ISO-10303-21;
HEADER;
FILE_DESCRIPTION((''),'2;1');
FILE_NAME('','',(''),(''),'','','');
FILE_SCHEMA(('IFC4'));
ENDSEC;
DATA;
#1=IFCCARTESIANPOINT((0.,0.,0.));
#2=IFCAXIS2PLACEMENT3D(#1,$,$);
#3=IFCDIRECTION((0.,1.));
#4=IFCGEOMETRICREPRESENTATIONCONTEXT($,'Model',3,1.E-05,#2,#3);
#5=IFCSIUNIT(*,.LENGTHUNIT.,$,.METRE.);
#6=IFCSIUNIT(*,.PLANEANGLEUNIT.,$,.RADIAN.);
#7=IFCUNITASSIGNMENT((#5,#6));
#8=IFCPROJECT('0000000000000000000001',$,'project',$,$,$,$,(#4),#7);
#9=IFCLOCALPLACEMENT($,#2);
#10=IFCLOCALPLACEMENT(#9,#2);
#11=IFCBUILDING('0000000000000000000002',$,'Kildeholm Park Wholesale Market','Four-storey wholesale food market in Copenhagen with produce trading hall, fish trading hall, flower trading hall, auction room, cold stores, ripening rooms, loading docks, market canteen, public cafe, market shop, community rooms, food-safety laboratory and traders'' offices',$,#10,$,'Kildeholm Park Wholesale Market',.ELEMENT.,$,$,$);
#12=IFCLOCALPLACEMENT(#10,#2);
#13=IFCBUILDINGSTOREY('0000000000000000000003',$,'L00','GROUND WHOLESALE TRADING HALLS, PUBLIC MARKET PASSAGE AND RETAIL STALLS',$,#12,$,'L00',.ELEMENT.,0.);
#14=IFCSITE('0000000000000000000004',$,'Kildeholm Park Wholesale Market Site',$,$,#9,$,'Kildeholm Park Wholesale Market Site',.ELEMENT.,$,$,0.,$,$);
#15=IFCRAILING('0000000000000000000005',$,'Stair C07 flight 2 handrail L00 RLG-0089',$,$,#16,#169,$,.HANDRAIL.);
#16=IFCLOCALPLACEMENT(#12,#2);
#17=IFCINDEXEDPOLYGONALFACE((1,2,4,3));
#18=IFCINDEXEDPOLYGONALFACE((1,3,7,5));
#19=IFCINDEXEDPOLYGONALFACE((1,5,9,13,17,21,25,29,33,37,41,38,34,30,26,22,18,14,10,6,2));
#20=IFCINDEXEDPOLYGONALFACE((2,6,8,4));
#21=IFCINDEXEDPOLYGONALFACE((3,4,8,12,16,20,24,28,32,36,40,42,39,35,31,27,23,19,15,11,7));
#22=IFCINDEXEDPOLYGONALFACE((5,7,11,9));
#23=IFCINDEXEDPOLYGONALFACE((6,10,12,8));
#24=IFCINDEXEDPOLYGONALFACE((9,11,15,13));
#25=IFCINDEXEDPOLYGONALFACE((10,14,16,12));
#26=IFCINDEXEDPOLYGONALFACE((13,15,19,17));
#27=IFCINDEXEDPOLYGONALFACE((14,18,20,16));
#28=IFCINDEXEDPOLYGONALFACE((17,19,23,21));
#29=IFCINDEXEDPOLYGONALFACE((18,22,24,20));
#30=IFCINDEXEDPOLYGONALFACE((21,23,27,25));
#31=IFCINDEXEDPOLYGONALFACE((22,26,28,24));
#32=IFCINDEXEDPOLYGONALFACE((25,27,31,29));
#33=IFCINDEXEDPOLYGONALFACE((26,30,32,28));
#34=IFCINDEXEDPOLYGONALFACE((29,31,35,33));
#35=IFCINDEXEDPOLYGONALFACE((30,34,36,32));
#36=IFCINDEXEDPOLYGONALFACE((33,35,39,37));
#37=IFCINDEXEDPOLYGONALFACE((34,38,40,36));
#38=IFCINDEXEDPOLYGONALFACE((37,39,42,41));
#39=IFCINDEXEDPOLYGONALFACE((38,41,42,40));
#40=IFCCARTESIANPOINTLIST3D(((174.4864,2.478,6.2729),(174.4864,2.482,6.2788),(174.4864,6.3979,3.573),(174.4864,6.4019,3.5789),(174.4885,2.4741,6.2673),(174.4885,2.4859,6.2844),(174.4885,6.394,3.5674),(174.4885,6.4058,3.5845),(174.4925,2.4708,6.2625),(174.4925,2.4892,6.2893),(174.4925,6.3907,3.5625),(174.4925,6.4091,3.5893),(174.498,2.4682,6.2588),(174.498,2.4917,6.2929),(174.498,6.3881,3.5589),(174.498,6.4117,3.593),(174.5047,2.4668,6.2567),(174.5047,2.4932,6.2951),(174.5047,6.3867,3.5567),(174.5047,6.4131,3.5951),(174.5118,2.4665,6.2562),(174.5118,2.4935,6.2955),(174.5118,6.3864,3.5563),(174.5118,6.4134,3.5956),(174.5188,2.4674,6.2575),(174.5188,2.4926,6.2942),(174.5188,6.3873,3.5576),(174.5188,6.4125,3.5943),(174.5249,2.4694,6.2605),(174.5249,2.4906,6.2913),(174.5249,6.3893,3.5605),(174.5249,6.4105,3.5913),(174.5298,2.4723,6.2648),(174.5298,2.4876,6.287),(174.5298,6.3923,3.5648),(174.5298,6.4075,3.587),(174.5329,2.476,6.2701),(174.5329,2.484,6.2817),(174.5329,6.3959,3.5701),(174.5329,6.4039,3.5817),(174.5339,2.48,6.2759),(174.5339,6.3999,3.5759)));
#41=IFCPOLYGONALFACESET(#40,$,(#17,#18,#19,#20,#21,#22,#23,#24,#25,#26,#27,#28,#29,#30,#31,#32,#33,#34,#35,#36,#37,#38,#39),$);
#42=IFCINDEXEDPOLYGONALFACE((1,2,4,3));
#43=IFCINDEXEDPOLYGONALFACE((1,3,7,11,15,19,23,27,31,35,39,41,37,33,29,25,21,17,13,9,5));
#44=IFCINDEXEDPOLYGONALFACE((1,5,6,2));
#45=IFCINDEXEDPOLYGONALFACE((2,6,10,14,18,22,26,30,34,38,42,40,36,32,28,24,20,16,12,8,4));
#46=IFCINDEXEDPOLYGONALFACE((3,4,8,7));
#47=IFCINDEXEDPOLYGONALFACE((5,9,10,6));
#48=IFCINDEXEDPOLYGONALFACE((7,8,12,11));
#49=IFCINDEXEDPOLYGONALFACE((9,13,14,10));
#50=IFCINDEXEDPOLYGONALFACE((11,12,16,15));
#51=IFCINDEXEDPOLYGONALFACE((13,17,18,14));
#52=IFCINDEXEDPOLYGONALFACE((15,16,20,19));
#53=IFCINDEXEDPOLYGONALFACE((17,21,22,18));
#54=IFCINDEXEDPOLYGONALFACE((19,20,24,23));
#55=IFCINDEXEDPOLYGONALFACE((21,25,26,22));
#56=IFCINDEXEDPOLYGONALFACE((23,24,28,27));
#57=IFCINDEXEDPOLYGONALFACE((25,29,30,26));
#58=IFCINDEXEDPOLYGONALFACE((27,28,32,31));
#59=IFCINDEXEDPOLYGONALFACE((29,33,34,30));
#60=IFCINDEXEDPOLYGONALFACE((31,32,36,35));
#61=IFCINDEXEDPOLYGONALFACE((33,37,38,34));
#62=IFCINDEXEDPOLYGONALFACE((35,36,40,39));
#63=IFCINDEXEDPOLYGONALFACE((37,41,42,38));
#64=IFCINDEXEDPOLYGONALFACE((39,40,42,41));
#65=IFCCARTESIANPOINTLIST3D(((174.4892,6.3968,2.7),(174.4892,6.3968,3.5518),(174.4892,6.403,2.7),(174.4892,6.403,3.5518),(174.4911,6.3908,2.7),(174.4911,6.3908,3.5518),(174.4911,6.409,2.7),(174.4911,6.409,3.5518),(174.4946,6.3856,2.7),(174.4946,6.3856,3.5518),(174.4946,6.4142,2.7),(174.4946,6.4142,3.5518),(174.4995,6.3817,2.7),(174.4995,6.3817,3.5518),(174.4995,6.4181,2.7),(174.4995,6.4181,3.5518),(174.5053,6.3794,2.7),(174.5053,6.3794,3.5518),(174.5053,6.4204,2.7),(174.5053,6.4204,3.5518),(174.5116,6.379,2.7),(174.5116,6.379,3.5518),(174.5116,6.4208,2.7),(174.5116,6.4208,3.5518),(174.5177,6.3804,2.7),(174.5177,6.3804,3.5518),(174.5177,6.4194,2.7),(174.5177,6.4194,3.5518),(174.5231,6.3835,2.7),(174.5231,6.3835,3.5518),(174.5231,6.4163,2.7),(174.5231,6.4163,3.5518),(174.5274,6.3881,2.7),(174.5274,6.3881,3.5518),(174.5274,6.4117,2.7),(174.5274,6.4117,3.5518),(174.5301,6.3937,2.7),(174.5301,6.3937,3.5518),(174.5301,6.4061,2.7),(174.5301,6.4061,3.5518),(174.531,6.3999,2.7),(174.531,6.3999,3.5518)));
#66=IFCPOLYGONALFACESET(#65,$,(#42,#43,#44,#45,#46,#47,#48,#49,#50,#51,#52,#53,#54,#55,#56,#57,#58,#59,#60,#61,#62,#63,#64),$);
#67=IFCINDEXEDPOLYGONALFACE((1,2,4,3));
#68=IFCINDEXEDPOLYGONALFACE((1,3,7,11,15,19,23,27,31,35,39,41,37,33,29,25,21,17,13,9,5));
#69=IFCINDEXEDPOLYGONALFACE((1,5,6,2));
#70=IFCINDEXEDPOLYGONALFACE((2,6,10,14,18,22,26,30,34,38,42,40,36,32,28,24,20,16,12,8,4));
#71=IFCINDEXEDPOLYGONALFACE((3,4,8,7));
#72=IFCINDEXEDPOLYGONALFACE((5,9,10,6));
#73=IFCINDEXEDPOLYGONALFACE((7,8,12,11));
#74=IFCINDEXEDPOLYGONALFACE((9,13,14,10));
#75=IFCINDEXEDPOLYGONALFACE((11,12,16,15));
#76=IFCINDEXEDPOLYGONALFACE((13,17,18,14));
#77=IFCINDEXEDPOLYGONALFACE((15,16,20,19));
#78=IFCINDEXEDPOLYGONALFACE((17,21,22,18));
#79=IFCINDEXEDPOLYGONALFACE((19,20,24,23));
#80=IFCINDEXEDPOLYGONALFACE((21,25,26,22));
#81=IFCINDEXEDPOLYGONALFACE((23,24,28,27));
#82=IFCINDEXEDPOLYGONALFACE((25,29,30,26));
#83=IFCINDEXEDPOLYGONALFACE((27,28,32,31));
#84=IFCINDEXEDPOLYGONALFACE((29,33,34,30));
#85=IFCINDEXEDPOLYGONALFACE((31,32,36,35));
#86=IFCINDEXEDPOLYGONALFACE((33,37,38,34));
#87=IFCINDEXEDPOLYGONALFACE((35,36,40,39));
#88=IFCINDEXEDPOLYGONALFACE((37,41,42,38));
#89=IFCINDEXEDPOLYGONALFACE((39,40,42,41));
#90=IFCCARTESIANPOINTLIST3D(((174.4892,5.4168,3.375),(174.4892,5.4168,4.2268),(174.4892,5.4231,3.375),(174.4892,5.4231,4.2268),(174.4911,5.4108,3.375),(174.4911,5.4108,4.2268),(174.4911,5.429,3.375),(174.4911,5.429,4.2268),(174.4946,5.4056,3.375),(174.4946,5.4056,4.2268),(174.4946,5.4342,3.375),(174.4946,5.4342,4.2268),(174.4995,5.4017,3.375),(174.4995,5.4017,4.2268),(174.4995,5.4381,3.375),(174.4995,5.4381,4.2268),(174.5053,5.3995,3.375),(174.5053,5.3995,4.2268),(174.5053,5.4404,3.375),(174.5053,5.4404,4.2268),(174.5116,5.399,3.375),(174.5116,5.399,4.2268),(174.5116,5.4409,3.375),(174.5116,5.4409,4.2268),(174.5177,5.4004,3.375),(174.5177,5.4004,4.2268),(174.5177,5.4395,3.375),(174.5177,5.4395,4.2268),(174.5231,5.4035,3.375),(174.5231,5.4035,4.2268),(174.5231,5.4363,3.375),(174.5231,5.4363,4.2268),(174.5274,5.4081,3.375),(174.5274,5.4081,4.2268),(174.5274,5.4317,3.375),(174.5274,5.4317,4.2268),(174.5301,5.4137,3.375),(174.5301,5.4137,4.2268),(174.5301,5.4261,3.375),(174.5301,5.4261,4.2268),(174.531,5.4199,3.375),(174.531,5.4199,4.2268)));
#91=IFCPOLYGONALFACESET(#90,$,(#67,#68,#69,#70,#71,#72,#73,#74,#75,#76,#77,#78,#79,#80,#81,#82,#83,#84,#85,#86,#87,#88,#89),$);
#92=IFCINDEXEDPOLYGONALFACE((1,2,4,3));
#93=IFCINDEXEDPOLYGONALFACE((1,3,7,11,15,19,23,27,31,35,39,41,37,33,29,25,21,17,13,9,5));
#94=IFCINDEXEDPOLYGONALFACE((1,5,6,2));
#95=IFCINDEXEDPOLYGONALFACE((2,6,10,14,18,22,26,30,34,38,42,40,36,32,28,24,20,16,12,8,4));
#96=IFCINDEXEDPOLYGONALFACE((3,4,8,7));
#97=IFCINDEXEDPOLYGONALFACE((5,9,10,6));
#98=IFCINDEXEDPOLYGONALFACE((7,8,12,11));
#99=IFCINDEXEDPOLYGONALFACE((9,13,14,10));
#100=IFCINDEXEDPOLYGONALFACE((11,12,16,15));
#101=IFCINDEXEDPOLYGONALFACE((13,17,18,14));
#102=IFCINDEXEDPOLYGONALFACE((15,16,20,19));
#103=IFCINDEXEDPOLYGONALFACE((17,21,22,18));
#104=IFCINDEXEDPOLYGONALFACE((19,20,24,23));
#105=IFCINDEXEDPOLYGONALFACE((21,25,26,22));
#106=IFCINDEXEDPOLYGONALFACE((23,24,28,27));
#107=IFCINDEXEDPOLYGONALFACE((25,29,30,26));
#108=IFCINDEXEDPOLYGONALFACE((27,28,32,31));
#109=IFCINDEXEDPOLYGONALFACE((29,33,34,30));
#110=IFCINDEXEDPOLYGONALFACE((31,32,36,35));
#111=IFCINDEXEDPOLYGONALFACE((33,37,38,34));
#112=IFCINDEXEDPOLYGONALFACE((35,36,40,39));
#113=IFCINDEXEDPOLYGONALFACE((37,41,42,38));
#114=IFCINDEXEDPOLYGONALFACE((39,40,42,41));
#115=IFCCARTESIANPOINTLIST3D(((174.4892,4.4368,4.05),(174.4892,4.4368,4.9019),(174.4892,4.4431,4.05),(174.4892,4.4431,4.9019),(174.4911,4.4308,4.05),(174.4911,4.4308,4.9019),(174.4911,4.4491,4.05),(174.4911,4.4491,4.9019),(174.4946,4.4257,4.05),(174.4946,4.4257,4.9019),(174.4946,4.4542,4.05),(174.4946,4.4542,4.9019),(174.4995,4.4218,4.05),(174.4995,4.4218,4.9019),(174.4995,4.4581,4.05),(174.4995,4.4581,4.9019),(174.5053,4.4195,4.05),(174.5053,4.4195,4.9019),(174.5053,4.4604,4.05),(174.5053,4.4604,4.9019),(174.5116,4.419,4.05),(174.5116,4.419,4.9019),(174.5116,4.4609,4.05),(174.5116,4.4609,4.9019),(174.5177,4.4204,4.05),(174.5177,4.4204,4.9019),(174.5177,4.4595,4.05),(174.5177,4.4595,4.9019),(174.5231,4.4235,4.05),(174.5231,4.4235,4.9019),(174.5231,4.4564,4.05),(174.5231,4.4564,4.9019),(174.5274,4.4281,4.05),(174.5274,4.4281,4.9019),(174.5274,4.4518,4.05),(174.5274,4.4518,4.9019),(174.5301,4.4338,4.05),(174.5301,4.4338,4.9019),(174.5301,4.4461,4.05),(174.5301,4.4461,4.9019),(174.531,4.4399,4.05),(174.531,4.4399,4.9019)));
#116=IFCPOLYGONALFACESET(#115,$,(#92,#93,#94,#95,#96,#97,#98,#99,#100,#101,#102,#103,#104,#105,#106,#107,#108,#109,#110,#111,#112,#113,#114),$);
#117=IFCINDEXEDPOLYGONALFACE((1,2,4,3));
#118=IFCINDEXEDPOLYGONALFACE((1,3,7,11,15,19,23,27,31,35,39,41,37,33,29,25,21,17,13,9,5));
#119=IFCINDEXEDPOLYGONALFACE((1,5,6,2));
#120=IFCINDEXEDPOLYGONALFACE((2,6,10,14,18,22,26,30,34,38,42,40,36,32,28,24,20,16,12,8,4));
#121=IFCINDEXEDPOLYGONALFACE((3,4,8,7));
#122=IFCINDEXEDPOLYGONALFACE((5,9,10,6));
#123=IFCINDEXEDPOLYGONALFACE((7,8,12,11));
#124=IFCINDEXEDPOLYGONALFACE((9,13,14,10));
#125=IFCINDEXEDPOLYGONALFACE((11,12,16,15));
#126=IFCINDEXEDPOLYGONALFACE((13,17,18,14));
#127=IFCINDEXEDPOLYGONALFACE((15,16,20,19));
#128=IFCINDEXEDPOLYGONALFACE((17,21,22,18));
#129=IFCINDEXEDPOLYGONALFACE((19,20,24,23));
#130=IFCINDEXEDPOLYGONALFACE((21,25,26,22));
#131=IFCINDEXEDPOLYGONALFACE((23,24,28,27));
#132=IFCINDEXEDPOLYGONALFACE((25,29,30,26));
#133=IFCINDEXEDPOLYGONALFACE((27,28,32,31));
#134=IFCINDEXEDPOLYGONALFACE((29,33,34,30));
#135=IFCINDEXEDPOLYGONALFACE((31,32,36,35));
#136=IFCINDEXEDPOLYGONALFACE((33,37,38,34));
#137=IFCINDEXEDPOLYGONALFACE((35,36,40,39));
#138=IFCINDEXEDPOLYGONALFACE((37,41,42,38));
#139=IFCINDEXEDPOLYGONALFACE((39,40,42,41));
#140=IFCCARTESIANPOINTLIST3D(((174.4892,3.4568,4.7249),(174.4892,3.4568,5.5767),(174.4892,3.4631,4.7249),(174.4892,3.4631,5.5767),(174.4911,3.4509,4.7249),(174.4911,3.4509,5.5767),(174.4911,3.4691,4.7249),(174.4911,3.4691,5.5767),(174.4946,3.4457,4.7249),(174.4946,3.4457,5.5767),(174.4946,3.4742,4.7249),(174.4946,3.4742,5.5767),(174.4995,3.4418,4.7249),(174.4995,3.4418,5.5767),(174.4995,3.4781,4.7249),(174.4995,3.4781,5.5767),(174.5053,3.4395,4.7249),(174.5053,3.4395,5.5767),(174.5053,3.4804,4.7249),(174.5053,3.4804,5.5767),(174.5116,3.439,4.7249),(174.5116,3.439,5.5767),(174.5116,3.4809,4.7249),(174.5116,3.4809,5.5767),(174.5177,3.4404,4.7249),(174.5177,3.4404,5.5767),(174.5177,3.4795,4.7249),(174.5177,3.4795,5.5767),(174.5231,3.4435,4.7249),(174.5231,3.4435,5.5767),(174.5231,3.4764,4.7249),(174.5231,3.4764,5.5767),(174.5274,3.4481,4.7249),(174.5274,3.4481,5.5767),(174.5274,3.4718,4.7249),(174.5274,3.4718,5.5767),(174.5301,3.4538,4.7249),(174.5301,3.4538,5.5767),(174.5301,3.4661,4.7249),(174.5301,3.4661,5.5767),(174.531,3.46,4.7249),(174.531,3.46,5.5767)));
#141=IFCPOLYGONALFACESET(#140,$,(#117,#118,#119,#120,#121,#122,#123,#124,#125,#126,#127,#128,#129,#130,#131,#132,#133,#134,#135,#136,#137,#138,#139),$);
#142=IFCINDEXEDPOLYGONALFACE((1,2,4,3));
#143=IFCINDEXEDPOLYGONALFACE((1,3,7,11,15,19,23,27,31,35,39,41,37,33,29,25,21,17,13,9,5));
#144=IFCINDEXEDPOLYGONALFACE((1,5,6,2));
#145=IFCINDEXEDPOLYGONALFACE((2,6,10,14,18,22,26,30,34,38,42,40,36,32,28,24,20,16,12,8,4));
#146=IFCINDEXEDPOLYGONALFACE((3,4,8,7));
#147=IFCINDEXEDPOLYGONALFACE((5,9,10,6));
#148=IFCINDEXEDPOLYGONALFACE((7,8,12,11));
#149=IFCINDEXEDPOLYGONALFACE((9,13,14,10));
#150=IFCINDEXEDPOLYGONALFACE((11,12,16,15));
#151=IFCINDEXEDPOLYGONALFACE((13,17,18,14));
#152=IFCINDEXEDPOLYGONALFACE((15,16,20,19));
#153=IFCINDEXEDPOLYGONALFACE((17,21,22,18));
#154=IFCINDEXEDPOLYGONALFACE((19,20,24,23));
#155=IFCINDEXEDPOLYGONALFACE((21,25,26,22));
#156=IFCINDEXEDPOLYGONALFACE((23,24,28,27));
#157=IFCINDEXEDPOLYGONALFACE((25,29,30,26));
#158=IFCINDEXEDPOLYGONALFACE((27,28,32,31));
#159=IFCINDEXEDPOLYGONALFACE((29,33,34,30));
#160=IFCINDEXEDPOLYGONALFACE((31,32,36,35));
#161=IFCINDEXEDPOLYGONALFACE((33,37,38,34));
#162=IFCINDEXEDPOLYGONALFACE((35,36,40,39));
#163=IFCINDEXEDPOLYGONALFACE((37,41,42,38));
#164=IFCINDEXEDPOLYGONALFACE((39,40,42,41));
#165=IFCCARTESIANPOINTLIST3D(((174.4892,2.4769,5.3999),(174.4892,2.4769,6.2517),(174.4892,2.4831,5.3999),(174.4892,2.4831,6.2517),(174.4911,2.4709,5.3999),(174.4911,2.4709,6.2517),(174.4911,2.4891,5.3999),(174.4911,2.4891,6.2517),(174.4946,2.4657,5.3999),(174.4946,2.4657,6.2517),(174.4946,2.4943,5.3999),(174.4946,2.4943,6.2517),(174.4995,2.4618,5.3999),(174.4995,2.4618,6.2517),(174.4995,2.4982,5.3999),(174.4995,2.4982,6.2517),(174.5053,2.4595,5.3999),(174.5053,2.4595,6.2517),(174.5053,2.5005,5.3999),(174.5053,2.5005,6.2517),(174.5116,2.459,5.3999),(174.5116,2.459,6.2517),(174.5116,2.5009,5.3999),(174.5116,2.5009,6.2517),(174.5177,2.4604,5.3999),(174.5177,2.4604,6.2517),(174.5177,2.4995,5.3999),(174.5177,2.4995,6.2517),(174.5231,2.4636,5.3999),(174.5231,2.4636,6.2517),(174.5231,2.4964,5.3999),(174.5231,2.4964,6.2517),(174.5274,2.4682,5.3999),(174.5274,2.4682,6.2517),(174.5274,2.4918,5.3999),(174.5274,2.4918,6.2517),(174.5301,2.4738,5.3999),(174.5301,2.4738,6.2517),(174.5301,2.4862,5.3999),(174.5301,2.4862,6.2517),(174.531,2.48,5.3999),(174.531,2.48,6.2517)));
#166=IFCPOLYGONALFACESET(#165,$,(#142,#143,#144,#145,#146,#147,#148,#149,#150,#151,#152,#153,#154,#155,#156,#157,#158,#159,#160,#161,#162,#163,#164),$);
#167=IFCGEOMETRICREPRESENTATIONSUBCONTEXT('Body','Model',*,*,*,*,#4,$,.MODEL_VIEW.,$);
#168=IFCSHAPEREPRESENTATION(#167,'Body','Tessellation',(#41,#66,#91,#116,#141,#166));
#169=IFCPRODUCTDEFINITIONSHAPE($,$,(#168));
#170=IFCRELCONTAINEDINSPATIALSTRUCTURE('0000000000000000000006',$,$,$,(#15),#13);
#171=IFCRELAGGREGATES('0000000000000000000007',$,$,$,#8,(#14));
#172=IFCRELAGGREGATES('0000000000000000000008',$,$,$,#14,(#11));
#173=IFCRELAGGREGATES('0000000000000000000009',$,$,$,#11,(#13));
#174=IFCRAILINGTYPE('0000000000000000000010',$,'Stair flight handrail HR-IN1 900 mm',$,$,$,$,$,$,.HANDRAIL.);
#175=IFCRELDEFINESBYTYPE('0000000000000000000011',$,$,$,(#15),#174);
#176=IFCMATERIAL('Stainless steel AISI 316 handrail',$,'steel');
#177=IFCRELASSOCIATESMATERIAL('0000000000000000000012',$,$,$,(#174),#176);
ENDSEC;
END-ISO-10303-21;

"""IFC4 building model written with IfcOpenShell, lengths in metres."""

from ifc_helpers import new_model, si_unit, direction, frame, origin, origin_2d, place, context, subcontext, project, spatial, circle, extrude, material, type_object, element, save


model = new_model("IFC4")

# Units and contexts
model_context = context("Model", 3, precision=1e-05, world=origin(), true_north=direction((0.0, 1.0)))
body_context = subcontext(model_context, "Body", "Model", "MODEL_VIEW")
ifc_project = project(units=[si_unit("LENGTHUNIT", "METRE"), si_unit("PLANEANGLEUNIT", "RADIAN")], contexts=[model_context])

# Site, building, storey
site_placement = place(None, origin())
site = spatial("IfcSite", under=ifc_project, at=site_placement, Name="Kildeholm Park Wholesale Market Site", LongName="Kildeholm Park Wholesale Market Site", CompositionType="ELEMENT", RefElevation=0.0)
building_placement = place(site_placement, origin())
building = spatial("IfcBuilding", under=site, at=building_placement, Name="Kildeholm Park Wholesale Market", Description="Four-storey wholesale food market in Copenhagen with produce trading hall, fish trading hall, flower trading hall, auction room, cold stores, ripening rooms, loading docks, market canteen, public cafe, market shop, community rooms, food-safety laboratory and traders' offices", LongName="Kildeholm Park Wholesale Market", CompositionType="ELEMENT")
storey_placement = place(building_placement, origin())
storey = spatial("IfcBuildingStorey", under=building, at=storey_placement, Name="L00", Description="GROUND WHOLESALE TRADING HALLS, PUBLIC MARKET PASSAGE AND RETAIL STALLS", LongName="L00", CompositionType="ELEMENT", Elevation=0.0)

# Railing
ifc_material_1 = material(Name="Stainless steel AISI 316 handrail", Category="steel")
railing_type_1 = type_object("IfcRailingType", Name="Stair flight handrail HR-IN1 900 mm", PredefinedType="HANDRAIL", material=ifc_material_1)
railing_1_placement = place(storey_placement, frame((174.51, 6.3999, 2.7)))
element("IfcRailing", 1, at=railing_1_placement, inside=storey, type_object=railing_type_1, Name="Stair C07 flight 2 handrail L00 RLG-0089", PredefinedType="HANDRAIL", context=body_context, shape_type="SweptSolid", body=[
    extrude(circle(Radius=0.0239, at=origin_2d()), frame((0.0, 0.0, 0.876), z_axis=(0.0, -0.823551, 0.567243), x_axis=(1.0, 0.0, 0.0)), (0.0, 0.0, 1.0), 4.7598),
    extrude(circle(Radius=0.021, at=origin_2d()), origin(), (0.0, 0.0, 1.0), 0.8518),
    extrude(circle(Radius=0.021, at=origin_2d()), frame((0.0, -0.98, 0.675)), (0.0, 0.0, 1.0), 0.8518),
    extrude(circle(Radius=0.021, at=origin_2d()), frame((0.0, -1.96, 1.3501)), (0.0, 0.0, 1.0), 0.8518),
    extrude(circle(Radius=0.021, at=origin_2d()), frame((0.0, -2.9399, 2.0249)), (0.0, 0.0, 1.0), 0.8518),
    extrude(circle(Radius=0.021, at=origin_2d()), frame((0.0, -3.9199, 2.7)), (0.0, 0.0, 1.0), 0.8518),
])

save(model, "model.ifc")
